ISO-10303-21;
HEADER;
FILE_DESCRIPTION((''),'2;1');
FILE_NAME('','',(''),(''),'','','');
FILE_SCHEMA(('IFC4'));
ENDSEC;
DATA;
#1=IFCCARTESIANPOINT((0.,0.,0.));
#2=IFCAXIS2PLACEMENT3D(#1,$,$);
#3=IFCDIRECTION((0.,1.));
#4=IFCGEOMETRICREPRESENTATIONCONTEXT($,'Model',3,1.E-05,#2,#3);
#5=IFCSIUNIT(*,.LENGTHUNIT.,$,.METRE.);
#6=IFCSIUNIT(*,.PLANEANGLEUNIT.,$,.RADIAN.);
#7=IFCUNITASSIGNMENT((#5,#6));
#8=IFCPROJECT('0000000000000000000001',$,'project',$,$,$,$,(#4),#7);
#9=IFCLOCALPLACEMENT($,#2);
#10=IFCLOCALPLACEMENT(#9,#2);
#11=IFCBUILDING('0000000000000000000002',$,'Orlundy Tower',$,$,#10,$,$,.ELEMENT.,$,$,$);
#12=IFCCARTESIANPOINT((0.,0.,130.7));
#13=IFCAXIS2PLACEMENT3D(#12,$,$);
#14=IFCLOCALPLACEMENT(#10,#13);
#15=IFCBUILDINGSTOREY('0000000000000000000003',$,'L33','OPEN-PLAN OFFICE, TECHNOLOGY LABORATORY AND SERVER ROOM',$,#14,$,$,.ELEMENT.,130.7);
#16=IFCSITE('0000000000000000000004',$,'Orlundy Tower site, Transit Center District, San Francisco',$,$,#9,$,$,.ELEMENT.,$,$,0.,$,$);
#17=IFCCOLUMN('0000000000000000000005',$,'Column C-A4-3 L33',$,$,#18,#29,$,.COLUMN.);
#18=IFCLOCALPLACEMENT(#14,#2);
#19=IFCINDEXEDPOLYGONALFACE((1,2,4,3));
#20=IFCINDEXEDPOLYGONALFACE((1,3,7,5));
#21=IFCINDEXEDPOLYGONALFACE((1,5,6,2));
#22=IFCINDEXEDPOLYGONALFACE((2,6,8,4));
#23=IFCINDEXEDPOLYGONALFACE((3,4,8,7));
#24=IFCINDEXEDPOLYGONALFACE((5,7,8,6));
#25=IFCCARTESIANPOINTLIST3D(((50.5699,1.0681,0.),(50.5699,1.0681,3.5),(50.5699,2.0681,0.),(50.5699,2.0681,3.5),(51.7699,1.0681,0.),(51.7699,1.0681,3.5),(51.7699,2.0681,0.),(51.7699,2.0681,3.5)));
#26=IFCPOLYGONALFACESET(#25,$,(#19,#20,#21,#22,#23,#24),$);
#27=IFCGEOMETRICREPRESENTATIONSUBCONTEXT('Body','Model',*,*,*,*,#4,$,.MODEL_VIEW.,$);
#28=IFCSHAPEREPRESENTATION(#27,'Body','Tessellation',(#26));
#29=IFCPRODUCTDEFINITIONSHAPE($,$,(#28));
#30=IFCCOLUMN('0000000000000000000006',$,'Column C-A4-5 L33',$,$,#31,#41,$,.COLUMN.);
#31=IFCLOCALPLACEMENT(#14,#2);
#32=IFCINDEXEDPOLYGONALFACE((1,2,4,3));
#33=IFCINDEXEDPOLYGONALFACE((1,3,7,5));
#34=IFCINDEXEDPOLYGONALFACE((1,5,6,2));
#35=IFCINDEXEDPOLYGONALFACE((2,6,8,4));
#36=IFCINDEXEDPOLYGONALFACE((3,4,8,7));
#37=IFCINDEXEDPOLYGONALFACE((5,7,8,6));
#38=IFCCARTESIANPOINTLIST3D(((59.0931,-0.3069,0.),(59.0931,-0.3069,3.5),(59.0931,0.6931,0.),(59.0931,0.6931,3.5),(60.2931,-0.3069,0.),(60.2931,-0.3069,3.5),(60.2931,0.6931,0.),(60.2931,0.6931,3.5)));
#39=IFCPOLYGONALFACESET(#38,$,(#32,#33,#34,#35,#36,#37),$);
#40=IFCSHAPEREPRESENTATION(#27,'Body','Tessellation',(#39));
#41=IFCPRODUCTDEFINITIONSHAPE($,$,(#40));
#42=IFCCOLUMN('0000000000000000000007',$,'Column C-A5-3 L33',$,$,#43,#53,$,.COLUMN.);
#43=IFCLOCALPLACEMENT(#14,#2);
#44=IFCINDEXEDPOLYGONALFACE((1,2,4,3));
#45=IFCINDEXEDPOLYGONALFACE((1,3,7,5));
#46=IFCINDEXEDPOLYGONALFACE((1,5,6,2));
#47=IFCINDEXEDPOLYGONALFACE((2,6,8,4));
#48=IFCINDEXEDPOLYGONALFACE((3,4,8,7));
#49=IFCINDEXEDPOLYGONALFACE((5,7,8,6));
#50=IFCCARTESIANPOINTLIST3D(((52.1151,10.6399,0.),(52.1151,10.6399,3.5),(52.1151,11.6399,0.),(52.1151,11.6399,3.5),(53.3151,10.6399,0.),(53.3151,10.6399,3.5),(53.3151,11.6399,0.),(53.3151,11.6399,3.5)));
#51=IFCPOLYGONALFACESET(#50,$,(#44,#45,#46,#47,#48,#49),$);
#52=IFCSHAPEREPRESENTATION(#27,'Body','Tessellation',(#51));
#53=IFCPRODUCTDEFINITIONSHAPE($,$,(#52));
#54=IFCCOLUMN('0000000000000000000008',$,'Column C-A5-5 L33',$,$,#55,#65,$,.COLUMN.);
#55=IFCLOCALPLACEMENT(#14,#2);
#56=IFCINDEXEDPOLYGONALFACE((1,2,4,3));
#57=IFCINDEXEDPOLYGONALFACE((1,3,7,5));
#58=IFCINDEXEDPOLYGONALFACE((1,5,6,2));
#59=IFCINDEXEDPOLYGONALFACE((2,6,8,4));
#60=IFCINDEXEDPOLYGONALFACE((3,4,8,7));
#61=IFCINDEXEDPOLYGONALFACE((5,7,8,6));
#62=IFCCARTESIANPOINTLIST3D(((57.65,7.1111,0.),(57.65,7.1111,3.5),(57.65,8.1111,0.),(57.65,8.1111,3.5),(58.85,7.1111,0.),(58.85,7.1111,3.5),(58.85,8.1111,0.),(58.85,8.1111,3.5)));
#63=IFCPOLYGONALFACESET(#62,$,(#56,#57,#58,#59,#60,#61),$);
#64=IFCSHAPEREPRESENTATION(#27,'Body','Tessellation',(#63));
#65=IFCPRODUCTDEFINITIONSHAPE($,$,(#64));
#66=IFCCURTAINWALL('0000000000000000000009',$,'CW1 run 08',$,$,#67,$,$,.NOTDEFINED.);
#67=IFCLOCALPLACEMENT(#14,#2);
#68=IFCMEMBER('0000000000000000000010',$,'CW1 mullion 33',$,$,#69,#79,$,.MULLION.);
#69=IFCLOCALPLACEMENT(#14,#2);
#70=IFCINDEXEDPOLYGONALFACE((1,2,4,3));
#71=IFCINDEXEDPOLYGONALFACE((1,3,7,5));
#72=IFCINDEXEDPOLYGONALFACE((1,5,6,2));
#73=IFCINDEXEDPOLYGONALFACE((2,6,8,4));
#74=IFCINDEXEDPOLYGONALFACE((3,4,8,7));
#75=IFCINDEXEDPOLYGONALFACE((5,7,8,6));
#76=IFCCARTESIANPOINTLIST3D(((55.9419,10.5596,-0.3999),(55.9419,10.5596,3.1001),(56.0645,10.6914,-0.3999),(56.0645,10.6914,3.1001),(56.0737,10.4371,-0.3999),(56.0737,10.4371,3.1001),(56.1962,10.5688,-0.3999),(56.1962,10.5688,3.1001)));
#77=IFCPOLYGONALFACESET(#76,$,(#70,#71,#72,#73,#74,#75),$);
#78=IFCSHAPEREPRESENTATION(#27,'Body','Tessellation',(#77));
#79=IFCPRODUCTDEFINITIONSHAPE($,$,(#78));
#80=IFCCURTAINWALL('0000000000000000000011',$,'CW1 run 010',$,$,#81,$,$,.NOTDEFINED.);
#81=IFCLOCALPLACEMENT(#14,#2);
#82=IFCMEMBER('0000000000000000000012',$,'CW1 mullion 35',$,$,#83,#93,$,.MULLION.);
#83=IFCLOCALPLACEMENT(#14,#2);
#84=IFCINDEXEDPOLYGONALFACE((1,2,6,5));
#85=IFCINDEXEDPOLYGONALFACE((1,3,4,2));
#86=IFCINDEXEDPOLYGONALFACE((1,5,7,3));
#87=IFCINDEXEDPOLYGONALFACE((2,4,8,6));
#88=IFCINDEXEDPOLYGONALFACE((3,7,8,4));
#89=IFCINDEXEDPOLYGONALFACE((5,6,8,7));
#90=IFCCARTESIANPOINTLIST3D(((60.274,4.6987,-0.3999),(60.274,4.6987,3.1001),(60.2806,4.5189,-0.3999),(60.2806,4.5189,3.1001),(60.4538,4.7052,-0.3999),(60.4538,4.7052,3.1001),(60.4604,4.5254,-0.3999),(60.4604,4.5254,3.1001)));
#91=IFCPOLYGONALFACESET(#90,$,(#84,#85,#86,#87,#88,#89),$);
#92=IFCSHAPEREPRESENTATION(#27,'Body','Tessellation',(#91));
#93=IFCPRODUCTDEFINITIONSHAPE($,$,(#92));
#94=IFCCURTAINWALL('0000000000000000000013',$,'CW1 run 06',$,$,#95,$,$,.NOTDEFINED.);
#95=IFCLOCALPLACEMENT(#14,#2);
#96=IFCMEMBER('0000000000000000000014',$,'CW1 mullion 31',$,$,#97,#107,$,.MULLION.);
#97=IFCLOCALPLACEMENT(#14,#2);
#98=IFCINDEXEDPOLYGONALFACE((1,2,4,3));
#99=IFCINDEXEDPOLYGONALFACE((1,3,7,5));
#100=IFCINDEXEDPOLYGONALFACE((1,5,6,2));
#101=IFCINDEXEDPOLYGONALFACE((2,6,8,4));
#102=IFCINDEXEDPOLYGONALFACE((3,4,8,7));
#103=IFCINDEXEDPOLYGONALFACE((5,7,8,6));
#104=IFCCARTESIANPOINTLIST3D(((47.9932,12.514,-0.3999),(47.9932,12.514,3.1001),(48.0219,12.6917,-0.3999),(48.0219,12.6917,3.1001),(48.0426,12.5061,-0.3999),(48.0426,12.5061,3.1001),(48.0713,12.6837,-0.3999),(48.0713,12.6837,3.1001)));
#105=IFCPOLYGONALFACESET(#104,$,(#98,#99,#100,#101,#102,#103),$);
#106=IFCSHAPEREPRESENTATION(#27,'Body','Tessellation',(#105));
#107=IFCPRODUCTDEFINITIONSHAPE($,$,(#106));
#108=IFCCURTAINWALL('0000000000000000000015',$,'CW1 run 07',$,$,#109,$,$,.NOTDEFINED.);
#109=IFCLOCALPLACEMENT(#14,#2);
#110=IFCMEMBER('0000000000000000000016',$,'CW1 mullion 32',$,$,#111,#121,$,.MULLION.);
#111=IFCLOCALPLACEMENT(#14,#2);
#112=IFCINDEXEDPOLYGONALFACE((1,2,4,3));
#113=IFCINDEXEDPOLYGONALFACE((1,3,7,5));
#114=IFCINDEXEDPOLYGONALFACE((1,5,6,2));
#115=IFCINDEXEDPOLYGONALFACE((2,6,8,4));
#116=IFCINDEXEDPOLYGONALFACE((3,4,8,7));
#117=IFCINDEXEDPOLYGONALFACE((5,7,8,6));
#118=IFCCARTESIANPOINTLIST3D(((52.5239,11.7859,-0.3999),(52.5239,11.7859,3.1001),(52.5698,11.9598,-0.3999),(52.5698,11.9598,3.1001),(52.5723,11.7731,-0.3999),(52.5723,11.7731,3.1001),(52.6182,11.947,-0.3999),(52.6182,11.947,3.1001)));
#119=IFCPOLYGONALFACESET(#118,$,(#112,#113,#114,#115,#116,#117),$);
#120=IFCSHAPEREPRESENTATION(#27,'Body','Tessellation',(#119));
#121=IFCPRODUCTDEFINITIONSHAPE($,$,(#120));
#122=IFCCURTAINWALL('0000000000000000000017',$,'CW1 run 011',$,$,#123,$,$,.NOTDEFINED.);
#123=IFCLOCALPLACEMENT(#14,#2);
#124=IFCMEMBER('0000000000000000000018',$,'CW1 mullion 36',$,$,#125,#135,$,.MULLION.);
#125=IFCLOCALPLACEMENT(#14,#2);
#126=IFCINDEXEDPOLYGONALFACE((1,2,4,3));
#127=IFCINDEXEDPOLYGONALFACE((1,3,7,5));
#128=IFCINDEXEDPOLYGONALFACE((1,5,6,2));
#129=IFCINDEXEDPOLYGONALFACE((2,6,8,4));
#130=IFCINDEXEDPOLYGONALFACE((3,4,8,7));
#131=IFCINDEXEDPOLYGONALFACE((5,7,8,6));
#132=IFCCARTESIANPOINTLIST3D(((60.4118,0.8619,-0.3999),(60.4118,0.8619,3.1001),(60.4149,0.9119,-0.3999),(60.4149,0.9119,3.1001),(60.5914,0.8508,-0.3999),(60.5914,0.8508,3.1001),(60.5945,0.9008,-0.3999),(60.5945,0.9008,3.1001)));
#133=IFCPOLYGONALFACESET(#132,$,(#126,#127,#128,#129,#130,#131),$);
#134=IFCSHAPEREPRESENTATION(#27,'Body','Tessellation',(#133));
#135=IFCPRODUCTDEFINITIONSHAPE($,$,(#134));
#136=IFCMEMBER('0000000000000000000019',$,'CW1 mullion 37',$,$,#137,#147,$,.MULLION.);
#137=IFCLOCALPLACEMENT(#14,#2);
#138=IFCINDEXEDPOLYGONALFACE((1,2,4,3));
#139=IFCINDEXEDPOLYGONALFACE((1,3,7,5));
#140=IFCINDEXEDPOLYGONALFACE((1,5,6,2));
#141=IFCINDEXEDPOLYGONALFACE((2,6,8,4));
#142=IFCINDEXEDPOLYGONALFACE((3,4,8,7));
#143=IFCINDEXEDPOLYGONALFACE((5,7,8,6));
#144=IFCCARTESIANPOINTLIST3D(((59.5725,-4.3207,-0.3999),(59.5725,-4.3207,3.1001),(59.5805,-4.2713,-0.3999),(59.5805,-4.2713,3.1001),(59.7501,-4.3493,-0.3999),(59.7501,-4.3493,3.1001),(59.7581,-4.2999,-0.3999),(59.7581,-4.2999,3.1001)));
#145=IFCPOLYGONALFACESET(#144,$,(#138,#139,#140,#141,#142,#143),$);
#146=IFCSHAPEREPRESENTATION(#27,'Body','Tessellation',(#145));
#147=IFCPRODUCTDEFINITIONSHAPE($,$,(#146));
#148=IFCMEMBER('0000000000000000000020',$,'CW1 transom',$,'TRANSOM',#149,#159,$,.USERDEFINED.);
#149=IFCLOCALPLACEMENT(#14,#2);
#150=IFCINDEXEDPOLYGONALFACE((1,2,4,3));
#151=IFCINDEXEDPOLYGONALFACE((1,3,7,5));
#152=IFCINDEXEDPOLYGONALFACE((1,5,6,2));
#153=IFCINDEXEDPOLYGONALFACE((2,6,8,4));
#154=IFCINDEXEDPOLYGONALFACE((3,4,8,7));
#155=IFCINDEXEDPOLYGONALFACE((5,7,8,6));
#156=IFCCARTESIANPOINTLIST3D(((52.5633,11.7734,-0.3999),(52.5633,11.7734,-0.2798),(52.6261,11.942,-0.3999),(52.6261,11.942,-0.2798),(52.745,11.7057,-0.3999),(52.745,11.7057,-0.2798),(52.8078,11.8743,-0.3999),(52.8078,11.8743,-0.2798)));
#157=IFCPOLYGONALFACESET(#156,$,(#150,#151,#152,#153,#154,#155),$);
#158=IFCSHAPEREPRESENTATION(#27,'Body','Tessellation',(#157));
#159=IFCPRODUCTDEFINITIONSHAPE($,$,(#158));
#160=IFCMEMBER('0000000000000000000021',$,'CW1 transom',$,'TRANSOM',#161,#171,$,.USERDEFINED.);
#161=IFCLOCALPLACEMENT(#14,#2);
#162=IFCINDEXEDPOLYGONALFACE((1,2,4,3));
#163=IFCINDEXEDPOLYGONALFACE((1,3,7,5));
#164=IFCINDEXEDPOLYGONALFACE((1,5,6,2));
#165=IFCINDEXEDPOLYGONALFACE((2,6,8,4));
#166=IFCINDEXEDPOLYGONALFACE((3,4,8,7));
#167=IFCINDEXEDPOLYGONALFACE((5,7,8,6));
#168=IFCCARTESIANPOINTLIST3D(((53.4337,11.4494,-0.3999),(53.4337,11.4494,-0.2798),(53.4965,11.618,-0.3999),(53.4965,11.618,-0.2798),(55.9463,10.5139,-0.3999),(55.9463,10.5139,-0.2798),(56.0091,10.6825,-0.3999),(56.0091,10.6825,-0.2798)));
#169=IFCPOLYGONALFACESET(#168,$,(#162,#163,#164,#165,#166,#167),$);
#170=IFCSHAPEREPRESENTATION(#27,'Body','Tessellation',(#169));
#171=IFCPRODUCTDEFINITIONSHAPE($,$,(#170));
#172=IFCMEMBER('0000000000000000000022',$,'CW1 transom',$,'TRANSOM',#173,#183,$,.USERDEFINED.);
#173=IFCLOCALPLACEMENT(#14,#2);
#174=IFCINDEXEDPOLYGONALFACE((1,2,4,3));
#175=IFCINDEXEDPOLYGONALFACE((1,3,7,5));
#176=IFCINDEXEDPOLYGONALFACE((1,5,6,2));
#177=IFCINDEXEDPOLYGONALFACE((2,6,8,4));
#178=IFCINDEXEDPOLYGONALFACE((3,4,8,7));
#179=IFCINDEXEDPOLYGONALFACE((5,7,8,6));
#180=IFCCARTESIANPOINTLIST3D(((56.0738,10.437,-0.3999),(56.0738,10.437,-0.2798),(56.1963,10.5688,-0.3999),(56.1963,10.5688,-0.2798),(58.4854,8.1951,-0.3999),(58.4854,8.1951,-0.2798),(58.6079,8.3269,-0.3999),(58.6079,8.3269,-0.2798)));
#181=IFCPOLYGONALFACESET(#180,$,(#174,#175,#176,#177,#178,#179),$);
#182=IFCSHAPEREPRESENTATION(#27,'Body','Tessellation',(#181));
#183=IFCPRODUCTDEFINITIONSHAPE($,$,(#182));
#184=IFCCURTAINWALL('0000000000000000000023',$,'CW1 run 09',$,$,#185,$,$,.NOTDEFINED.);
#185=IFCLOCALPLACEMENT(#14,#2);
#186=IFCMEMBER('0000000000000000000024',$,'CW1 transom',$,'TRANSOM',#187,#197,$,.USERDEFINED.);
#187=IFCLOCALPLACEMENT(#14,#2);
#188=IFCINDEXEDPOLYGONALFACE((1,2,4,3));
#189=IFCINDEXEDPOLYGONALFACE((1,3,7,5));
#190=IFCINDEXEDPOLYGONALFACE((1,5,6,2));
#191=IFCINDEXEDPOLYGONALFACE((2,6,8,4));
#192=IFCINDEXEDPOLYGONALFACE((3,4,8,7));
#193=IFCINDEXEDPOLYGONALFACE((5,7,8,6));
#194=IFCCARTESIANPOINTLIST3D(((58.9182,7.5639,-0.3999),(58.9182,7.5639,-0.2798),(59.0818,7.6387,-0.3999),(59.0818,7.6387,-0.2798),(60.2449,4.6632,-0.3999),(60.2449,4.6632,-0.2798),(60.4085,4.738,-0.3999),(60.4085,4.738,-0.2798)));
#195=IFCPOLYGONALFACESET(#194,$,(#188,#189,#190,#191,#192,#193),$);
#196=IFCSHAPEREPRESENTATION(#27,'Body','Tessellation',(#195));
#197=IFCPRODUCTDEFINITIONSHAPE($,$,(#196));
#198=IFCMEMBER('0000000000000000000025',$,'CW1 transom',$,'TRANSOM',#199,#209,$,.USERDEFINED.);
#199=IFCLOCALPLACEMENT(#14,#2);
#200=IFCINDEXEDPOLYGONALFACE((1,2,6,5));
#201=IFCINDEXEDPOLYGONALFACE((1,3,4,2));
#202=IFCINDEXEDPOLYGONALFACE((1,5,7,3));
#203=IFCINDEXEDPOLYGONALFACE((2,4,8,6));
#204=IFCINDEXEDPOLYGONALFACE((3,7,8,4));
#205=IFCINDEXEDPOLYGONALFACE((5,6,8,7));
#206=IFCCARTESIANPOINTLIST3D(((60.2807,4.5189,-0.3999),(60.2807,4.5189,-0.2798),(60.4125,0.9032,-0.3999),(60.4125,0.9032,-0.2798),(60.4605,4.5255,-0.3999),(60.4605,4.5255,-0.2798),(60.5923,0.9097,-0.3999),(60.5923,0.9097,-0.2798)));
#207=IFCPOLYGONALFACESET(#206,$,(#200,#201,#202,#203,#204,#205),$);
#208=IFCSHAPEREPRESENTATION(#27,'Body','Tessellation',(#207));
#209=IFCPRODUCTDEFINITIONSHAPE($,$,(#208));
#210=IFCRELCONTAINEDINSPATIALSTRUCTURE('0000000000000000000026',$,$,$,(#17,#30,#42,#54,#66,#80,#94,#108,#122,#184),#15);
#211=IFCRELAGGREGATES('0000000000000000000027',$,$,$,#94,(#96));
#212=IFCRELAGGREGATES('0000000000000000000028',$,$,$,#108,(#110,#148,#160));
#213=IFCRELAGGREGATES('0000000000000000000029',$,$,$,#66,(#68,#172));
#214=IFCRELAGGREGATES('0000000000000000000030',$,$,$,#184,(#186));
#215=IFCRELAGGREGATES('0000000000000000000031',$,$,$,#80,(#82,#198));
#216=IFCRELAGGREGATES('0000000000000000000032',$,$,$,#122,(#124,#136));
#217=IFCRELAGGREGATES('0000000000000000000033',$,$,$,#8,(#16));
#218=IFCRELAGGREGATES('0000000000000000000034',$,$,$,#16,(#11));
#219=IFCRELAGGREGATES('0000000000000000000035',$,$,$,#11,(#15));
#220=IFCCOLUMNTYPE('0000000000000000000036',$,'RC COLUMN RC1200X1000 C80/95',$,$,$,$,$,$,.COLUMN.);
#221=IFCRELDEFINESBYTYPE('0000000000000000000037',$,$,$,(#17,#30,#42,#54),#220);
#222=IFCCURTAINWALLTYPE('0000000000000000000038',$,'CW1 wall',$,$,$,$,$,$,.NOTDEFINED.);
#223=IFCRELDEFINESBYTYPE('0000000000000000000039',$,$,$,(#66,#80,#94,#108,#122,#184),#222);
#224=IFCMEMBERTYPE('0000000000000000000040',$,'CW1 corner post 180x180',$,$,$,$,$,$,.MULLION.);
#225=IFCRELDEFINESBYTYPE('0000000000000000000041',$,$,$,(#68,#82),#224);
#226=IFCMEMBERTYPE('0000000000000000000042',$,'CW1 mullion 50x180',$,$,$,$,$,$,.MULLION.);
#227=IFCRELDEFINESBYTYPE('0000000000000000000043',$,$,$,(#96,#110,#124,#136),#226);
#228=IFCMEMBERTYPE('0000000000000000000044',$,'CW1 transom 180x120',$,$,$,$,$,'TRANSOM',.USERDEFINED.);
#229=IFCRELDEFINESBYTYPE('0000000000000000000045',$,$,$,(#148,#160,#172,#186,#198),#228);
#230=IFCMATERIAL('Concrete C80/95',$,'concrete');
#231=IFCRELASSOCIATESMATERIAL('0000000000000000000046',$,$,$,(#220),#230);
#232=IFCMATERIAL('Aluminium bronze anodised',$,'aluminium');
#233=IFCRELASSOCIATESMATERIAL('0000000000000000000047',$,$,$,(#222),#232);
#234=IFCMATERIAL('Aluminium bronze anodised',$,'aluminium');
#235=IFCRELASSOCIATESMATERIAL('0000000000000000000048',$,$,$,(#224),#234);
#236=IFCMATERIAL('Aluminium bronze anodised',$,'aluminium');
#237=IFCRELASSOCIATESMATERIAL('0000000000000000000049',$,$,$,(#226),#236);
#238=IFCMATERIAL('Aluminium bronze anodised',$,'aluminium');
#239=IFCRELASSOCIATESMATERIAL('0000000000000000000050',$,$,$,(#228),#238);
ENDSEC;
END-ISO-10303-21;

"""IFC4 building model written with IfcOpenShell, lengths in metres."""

from ifc_helpers import new_model, si_unit, direction, frame, origin, origin_2d, place, context, subcontext, project, spatial, rectangle, extrude, material, material_profile, profile_set, type_object, element, aggregate, save


model = new_model("IFC4")

# Units and contexts
model_context = context("Model", 3, precision=1e-05, world=origin(), true_north=direction((0.0, 1.0)))
body_context = subcontext(model_context, "Body", "Model", "MODEL_VIEW")
ifc_project = project(units=[si_unit("LENGTHUNIT", "METRE"), si_unit("PLANEANGLEUNIT", "RADIAN")], contexts=[model_context])

# Site, building, storey
site_placement = place(None, origin())
site = spatial("IfcSite", under=ifc_project, at=site_placement, Name="Orlundy Tower site, Transit Center District, San Francisco", CompositionType="ELEMENT", RefElevation=0.0)
building_placement = place(site_placement, origin())
building = spatial("IfcBuilding", under=site, at=building_placement, Name="Orlundy Tower", CompositionType="ELEMENT")
storey_placement = place(building_placement, frame((0.0, 0.0, 130.7)))
storey = spatial("IfcBuildingStorey", under=building, at=storey_placement, Name="L33", Description="OPEN-PLAN OFFICE, TECHNOLOGY LABORATORY AND SERVER ROOM", CompositionType="ELEMENT", Elevation=130.7)

# Columns
ifc_material_1 = material(Name="Concrete C80/95", Category="concrete")
ifc_material_profile_1 = material_profile(ifc_material_1, rectangle(XDim=1.2, YDim=1.0, at=origin_2d()), Name="RC1200X1000")
ifc_profile_set_1 = profile_set([ifc_material_profile_1], Name="Concrete C80/95")
column_type = type_object("IfcColumnType", Name="RC COLUMN RC1200X1000 C80/95", PredefinedType="COLUMN", material=ifc_profile_set_1)
for number, where, z_axis, x_axis, name in (
    (1, (51.1699, 1.5681, 0.0), (0.0, 0.0, 1.0), (1.0, 0.0, 0.0), "Column C-A4-3 L33"),
    (2, (59.6931, 0.1931, 0.0), (0.0, 0.0, 1.0), (1.0, 0.0, 0.0), "Column C-A4-5 L33"),
    (3, (52.7151, 11.1399, 0.0), (0.0, 0.0, 1.0), (1.0, 0.0, 0.0), "Column C-A5-3 L33"),
    (4, (58.25, 7.6111, 0.0), (0.0, 0.0, 1.0), (1.0, 0.0, 0.0), "Column C-A5-5 L33"),
):
    element("IfcColumn", number, at=place(storey_placement, frame(where, z_axis=z_axis, x_axis=x_axis)), inside=storey, type_object=column_type, Name=name, PredefinedType="COLUMN", context=body_context, shape_type="SweptSolid", body=[
        extrude(rectangle(XDim=1.2, YDim=1.0, at=origin_2d()), origin(), (0.0, 0.0, 1.0), 3.5),
    ])

# Curtain walls, members
ifc_material_2 = material(Name="Aluminium bronze anodised", Category="aluminium")
curtain_wall_type = type_object("IfcCurtainWallType", Name="CW1 wall", PredefinedType="NOTDEFINED", material=ifc_material_2)
curtain_wall_1_placement = place(storey_placement, origin())
curtain_wall_1 = element("IfcCurtainWall", 5, at=curtain_wall_1_placement, inside=storey, type_object=curtain_wall_type, Name="CW1 run 08", PredefinedType="NOTDEFINED")
ifc_material_3 = material(Name="Aluminium bronze anodised", Category="aluminium")
ifc_material_profile_2 = material_profile(ifc_material_3, rectangle(XDim=0.1799, YDim=0.1799, at=origin_2d()), Name="CW1 corner post 180x180")
ifc_profile_set_2 = profile_set([ifc_material_profile_2], Name="Aluminium bronze anodised")
member_type_1 = type_object("IfcMemberType", Name="CW1 corner post 180x180", PredefinedType="MULLION", material=ifc_profile_set_2)
member_1_placement = place(storey_placement, frame((56.0691, 10.5642, -0.3999), z_axis=(0.0, 0.0, 1.0), x_axis=(0.680875, 0.732399, 0.0)))
member_1 = element("IfcMember", 6, at=member_1_placement, type_object=member_type_1, Name="CW1 mullion 33", PredefinedType="MULLION", context=body_context, shape_type="SweptSolid", body=[
    extrude(rectangle(XDim=0.1799, YDim=0.1799, at=origin_2d()), origin(), (0.0, 0.0, 1.0), 3.5),
])
curtain_wall_2_placement = place(storey_placement, origin())
curtain_wall_2 = element("IfcCurtainWall", 7, at=curtain_wall_2_placement, inside=storey, type_object=curtain_wall_type, Name="CW1 run 010", PredefinedType="NOTDEFINED")
member_2_placement = place(storey_placement, frame((60.3672, 4.6121, -0.3999), z_axis=(0.0, 0.0, 1.0), x_axis=(0.999336, 0.036423, 0.0)))
member_2 = element("IfcMember", 8, at=member_2_placement, type_object=member_type_1, Name="CW1 mullion 35", PredefinedType="MULLION", context=body_context, shape_type="SweptSolid", body=[
    extrude(rectangle(XDim=0.1799, YDim=0.1799, at=origin_2d()), origin(), (0.0, 0.0, 1.0), 3.5),
])
curtain_wall_3_placement = place(storey_placement, origin())
curtain_wall_3 = element("IfcCurtainWall", 9, at=curtain_wall_3_placement, inside=storey, type_object=curtain_wall_type, Name="CW1 run 06", PredefinedType="NOTDEFINED")
ifc_material_4 = material(Name="Aluminium bronze anodised", Category="aluminium")
ifc_material_profile_3 = material_profile(ifc_material_4, rectangle(XDim=0.1799, YDim=0.05, at=origin_2d()), Name="CW1 mullion 50x180")
ifc_profile_set_3 = profile_set([ifc_material_profile_3], Name="Aluminium bronze anodised")
member_type_2 = type_object("IfcMemberType", Name="CW1 mullion 50x180", PredefinedType="MULLION", material=ifc_profile_set_3)
member_3_placement = place(storey_placement, frame((48.0322, 12.5989, -0.3999), z_axis=(0.0, 0.0, 1.0), x_axis=(0.159302, 0.98723, 0.0)))
member_3 = element("IfcMember", 10, at=member_3_placement, type_object=member_type_2, Name="CW1 mullion 31", PredefinedType="MULLION", context=body_context, shape_type="SweptSolid", body=[
    extrude(rectangle(XDim=0.1799, YDim=0.05, at=origin_2d()), origin(), (0.0, 0.0, 1.0), 3.5),
])
curtain_wall_4_placement = place(storey_placement, origin())
curtain_wall_4 = element("IfcCurtainWall", 11, at=curtain_wall_4_placement, inside=storey, type_object=curtain_wall_type, Name="CW1 run 07", PredefinedType="NOTDEFINED")
member_4_placement = place(storey_placement, frame((52.571, 11.8665, -0.3999), z_axis=(0.0, 0.0, 1.0), x_axis=(0.255334, 0.966853, 0.0)))
member_4 = element("IfcMember", 12, at=member_4_placement, type_object=member_type_2, Name="CW1 mullion 32", PredefinedType="MULLION", context=body_context, shape_type="SweptSolid", body=[
    extrude(rectangle(XDim=0.1799, YDim=0.05, at=origin_2d()), origin(), (0.0, 0.0, 1.0), 3.5),
])

# Curtain wall, members
curtain_wall_5_placement = place(storey_placement, origin())
curtain_wall_5 = element("IfcCurtainWall", 13, at=curtain_wall_5_placement, inside=storey, type_object=curtain_wall_type, Name="CW1 run 011", PredefinedType="NOTDEFINED")
member_5_placement = place(storey_placement, frame((60.5032, 0.8813, -0.3999), z_axis=(0.0, 0.0, 1.0), x_axis=(0.998092, -0.061752, 0.0)))
member_5 = element("IfcMember", 14, at=member_5_placement, type_object=member_type_2, Name="CW1 mullion 36", PredefinedType="MULLION", context=body_context, shape_type="SweptSolid", body=[
    extrude(rectangle(XDim=0.1799, YDim=0.05, at=origin_2d()), origin(), (0.0, 0.0, 1.0), 3.5),
])
member_6_placement = place(storey_placement, frame((59.6653, -4.3103, -0.3999), z_axis=(0.0, 0.0, 1.0), x_axis=(0.987225, -0.159331, 0.0)))
member_6 = element("IfcMember", 15, at=member_6_placement, type_object=member_type_2, Name="CW1 mullion 37", PredefinedType="MULLION", context=body_context, shape_type="SweptSolid", body=[
    extrude(rectangle(XDim=0.1799, YDim=0.05, at=origin_2d()), origin(), (0.0, 0.0, 1.0), 3.5),
])

# Members
ifc_material_5 = material(Name="Aluminium bronze anodised", Category="aluminium")
ifc_material_profile_4 = material_profile(ifc_material_5, rectangle(XDim=0.1799, YDim=0.1201, at=origin_2d()), Name="CW1 transom 180x120")
ifc_profile_set_4 = profile_set([ifc_material_profile_4], Name="Aluminium bronze anodised")
member_type_3 = type_object("IfcMemberType", Name="CW1 transom 180x120", ElementType="TRANSOM", PredefinedType="USERDEFINED", material=ifc_profile_set_4)
member_7_placement = place(storey_placement, frame((52.5947, 11.8577, -0.3398), z_axis=(0.937155, -0.348914, 0.0), x_axis=(0.348914, 0.937155, 0.0)))
member_7 = element("IfcMember", 16, at=member_7_placement, type_object=member_type_3, Name="CW1 transom", ObjectType="TRANSOM", PredefinedType="USERDEFINED", context=body_context, shape_type="SweptSolid", body=[
    extrude(rectangle(XDim=0.1799, YDim=0.1201, at=origin_2d()), origin(), (0.0, 0.0, 1.0), 0.1938),
])
member_8_placement = place(storey_placement, frame((53.4651, 11.5337, -0.3398), z_axis=(0.93715, -0.348927, 0.0), x_axis=(0.348927, 0.93715, 0.0)))
member_8 = element("IfcMember", 17, at=member_8_placement, type_object=member_type_3, Name="CW1 transom", ObjectType="TRANSOM", PredefinedType="USERDEFINED", context=body_context, shape_type="SweptSolid", body=[
    extrude(rectangle(XDim=0.1799, YDim=0.1201, at=origin_2d()), origin(), (0.0, 0.0, 1.0), 2.6812),
])
member_9_placement = place(storey_placement, frame((56.135, 10.5029, -0.3398), z_axis=(0.732403, -0.680872, 0.0), x_axis=(0.680872, 0.732403, 0.0)))
member_9 = element("IfcMember", 18, at=member_9_placement, type_object=member_type_3, Name="CW1 transom", ObjectType="TRANSOM", PredefinedType="USERDEFINED", context=body_context, shape_type="SweptSolid", body=[
    extrude(rectangle(XDim=0.1799, YDim=0.1201, at=origin_2d()), origin(), (0.0, 0.0, 1.0), 3.2927),
])

# Curtain wall, member
curtain_wall_6_placement = place(storey_placement, origin())
curtain_wall_6 = element("IfcCurtainWall", 19, at=curtain_wall_6_placement, inside=storey, type_object=curtain_wall_type, Name="CW1 run 09", PredefinedType="NOTDEFINED")
member_10_placement = place(storey_placement, frame((59.0, 7.6013, -0.3398), z_axis=(0.41593, -0.909397, 0.0), x_axis=(0.909397, 0.41593, 0.0)))
member_10 = element("IfcMember", 20, at=member_10_placement, type_object=member_type_3, Name="CW1 transom", ObjectType="TRANSOM", PredefinedType="USERDEFINED", context=body_context, shape_type="SweptSolid", body=[
    extrude(rectangle(XDim=0.1799, YDim=0.1201, at=origin_2d()), origin(), (0.0, 0.0, 1.0), 3.1897),
])

# Member
member_11_placement = place(storey_placement, frame((60.3706, 4.5222, -0.3398), z_axis=(0.036438, -0.999336, 0.0), x_axis=(0.999336, 0.036438, 0.0)))
member_11 = element("IfcMember", 21, at=member_11_placement, type_object=member_type_3, Name="CW1 transom", ObjectType="TRANSOM", PredefinedType="USERDEFINED", context=body_context, shape_type="SweptSolid", body=[
    extrude(rectangle(XDim=0.1799, YDim=0.1201, at=origin_2d()), origin(), (0.0, 0.0, 1.0), 3.6182),
])

aggregate(curtain_wall_3, [member_3])
aggregate(curtain_wall_4, [member_4, member_7, member_8])
aggregate(curtain_wall_1, [member_1, member_9])
aggregate(curtain_wall_6, [member_10])
aggregate(curtain_wall_2, [member_2, member_11])
aggregate(curtain_wall_5, [member_5, member_6])

save(model, "model.ifc")
